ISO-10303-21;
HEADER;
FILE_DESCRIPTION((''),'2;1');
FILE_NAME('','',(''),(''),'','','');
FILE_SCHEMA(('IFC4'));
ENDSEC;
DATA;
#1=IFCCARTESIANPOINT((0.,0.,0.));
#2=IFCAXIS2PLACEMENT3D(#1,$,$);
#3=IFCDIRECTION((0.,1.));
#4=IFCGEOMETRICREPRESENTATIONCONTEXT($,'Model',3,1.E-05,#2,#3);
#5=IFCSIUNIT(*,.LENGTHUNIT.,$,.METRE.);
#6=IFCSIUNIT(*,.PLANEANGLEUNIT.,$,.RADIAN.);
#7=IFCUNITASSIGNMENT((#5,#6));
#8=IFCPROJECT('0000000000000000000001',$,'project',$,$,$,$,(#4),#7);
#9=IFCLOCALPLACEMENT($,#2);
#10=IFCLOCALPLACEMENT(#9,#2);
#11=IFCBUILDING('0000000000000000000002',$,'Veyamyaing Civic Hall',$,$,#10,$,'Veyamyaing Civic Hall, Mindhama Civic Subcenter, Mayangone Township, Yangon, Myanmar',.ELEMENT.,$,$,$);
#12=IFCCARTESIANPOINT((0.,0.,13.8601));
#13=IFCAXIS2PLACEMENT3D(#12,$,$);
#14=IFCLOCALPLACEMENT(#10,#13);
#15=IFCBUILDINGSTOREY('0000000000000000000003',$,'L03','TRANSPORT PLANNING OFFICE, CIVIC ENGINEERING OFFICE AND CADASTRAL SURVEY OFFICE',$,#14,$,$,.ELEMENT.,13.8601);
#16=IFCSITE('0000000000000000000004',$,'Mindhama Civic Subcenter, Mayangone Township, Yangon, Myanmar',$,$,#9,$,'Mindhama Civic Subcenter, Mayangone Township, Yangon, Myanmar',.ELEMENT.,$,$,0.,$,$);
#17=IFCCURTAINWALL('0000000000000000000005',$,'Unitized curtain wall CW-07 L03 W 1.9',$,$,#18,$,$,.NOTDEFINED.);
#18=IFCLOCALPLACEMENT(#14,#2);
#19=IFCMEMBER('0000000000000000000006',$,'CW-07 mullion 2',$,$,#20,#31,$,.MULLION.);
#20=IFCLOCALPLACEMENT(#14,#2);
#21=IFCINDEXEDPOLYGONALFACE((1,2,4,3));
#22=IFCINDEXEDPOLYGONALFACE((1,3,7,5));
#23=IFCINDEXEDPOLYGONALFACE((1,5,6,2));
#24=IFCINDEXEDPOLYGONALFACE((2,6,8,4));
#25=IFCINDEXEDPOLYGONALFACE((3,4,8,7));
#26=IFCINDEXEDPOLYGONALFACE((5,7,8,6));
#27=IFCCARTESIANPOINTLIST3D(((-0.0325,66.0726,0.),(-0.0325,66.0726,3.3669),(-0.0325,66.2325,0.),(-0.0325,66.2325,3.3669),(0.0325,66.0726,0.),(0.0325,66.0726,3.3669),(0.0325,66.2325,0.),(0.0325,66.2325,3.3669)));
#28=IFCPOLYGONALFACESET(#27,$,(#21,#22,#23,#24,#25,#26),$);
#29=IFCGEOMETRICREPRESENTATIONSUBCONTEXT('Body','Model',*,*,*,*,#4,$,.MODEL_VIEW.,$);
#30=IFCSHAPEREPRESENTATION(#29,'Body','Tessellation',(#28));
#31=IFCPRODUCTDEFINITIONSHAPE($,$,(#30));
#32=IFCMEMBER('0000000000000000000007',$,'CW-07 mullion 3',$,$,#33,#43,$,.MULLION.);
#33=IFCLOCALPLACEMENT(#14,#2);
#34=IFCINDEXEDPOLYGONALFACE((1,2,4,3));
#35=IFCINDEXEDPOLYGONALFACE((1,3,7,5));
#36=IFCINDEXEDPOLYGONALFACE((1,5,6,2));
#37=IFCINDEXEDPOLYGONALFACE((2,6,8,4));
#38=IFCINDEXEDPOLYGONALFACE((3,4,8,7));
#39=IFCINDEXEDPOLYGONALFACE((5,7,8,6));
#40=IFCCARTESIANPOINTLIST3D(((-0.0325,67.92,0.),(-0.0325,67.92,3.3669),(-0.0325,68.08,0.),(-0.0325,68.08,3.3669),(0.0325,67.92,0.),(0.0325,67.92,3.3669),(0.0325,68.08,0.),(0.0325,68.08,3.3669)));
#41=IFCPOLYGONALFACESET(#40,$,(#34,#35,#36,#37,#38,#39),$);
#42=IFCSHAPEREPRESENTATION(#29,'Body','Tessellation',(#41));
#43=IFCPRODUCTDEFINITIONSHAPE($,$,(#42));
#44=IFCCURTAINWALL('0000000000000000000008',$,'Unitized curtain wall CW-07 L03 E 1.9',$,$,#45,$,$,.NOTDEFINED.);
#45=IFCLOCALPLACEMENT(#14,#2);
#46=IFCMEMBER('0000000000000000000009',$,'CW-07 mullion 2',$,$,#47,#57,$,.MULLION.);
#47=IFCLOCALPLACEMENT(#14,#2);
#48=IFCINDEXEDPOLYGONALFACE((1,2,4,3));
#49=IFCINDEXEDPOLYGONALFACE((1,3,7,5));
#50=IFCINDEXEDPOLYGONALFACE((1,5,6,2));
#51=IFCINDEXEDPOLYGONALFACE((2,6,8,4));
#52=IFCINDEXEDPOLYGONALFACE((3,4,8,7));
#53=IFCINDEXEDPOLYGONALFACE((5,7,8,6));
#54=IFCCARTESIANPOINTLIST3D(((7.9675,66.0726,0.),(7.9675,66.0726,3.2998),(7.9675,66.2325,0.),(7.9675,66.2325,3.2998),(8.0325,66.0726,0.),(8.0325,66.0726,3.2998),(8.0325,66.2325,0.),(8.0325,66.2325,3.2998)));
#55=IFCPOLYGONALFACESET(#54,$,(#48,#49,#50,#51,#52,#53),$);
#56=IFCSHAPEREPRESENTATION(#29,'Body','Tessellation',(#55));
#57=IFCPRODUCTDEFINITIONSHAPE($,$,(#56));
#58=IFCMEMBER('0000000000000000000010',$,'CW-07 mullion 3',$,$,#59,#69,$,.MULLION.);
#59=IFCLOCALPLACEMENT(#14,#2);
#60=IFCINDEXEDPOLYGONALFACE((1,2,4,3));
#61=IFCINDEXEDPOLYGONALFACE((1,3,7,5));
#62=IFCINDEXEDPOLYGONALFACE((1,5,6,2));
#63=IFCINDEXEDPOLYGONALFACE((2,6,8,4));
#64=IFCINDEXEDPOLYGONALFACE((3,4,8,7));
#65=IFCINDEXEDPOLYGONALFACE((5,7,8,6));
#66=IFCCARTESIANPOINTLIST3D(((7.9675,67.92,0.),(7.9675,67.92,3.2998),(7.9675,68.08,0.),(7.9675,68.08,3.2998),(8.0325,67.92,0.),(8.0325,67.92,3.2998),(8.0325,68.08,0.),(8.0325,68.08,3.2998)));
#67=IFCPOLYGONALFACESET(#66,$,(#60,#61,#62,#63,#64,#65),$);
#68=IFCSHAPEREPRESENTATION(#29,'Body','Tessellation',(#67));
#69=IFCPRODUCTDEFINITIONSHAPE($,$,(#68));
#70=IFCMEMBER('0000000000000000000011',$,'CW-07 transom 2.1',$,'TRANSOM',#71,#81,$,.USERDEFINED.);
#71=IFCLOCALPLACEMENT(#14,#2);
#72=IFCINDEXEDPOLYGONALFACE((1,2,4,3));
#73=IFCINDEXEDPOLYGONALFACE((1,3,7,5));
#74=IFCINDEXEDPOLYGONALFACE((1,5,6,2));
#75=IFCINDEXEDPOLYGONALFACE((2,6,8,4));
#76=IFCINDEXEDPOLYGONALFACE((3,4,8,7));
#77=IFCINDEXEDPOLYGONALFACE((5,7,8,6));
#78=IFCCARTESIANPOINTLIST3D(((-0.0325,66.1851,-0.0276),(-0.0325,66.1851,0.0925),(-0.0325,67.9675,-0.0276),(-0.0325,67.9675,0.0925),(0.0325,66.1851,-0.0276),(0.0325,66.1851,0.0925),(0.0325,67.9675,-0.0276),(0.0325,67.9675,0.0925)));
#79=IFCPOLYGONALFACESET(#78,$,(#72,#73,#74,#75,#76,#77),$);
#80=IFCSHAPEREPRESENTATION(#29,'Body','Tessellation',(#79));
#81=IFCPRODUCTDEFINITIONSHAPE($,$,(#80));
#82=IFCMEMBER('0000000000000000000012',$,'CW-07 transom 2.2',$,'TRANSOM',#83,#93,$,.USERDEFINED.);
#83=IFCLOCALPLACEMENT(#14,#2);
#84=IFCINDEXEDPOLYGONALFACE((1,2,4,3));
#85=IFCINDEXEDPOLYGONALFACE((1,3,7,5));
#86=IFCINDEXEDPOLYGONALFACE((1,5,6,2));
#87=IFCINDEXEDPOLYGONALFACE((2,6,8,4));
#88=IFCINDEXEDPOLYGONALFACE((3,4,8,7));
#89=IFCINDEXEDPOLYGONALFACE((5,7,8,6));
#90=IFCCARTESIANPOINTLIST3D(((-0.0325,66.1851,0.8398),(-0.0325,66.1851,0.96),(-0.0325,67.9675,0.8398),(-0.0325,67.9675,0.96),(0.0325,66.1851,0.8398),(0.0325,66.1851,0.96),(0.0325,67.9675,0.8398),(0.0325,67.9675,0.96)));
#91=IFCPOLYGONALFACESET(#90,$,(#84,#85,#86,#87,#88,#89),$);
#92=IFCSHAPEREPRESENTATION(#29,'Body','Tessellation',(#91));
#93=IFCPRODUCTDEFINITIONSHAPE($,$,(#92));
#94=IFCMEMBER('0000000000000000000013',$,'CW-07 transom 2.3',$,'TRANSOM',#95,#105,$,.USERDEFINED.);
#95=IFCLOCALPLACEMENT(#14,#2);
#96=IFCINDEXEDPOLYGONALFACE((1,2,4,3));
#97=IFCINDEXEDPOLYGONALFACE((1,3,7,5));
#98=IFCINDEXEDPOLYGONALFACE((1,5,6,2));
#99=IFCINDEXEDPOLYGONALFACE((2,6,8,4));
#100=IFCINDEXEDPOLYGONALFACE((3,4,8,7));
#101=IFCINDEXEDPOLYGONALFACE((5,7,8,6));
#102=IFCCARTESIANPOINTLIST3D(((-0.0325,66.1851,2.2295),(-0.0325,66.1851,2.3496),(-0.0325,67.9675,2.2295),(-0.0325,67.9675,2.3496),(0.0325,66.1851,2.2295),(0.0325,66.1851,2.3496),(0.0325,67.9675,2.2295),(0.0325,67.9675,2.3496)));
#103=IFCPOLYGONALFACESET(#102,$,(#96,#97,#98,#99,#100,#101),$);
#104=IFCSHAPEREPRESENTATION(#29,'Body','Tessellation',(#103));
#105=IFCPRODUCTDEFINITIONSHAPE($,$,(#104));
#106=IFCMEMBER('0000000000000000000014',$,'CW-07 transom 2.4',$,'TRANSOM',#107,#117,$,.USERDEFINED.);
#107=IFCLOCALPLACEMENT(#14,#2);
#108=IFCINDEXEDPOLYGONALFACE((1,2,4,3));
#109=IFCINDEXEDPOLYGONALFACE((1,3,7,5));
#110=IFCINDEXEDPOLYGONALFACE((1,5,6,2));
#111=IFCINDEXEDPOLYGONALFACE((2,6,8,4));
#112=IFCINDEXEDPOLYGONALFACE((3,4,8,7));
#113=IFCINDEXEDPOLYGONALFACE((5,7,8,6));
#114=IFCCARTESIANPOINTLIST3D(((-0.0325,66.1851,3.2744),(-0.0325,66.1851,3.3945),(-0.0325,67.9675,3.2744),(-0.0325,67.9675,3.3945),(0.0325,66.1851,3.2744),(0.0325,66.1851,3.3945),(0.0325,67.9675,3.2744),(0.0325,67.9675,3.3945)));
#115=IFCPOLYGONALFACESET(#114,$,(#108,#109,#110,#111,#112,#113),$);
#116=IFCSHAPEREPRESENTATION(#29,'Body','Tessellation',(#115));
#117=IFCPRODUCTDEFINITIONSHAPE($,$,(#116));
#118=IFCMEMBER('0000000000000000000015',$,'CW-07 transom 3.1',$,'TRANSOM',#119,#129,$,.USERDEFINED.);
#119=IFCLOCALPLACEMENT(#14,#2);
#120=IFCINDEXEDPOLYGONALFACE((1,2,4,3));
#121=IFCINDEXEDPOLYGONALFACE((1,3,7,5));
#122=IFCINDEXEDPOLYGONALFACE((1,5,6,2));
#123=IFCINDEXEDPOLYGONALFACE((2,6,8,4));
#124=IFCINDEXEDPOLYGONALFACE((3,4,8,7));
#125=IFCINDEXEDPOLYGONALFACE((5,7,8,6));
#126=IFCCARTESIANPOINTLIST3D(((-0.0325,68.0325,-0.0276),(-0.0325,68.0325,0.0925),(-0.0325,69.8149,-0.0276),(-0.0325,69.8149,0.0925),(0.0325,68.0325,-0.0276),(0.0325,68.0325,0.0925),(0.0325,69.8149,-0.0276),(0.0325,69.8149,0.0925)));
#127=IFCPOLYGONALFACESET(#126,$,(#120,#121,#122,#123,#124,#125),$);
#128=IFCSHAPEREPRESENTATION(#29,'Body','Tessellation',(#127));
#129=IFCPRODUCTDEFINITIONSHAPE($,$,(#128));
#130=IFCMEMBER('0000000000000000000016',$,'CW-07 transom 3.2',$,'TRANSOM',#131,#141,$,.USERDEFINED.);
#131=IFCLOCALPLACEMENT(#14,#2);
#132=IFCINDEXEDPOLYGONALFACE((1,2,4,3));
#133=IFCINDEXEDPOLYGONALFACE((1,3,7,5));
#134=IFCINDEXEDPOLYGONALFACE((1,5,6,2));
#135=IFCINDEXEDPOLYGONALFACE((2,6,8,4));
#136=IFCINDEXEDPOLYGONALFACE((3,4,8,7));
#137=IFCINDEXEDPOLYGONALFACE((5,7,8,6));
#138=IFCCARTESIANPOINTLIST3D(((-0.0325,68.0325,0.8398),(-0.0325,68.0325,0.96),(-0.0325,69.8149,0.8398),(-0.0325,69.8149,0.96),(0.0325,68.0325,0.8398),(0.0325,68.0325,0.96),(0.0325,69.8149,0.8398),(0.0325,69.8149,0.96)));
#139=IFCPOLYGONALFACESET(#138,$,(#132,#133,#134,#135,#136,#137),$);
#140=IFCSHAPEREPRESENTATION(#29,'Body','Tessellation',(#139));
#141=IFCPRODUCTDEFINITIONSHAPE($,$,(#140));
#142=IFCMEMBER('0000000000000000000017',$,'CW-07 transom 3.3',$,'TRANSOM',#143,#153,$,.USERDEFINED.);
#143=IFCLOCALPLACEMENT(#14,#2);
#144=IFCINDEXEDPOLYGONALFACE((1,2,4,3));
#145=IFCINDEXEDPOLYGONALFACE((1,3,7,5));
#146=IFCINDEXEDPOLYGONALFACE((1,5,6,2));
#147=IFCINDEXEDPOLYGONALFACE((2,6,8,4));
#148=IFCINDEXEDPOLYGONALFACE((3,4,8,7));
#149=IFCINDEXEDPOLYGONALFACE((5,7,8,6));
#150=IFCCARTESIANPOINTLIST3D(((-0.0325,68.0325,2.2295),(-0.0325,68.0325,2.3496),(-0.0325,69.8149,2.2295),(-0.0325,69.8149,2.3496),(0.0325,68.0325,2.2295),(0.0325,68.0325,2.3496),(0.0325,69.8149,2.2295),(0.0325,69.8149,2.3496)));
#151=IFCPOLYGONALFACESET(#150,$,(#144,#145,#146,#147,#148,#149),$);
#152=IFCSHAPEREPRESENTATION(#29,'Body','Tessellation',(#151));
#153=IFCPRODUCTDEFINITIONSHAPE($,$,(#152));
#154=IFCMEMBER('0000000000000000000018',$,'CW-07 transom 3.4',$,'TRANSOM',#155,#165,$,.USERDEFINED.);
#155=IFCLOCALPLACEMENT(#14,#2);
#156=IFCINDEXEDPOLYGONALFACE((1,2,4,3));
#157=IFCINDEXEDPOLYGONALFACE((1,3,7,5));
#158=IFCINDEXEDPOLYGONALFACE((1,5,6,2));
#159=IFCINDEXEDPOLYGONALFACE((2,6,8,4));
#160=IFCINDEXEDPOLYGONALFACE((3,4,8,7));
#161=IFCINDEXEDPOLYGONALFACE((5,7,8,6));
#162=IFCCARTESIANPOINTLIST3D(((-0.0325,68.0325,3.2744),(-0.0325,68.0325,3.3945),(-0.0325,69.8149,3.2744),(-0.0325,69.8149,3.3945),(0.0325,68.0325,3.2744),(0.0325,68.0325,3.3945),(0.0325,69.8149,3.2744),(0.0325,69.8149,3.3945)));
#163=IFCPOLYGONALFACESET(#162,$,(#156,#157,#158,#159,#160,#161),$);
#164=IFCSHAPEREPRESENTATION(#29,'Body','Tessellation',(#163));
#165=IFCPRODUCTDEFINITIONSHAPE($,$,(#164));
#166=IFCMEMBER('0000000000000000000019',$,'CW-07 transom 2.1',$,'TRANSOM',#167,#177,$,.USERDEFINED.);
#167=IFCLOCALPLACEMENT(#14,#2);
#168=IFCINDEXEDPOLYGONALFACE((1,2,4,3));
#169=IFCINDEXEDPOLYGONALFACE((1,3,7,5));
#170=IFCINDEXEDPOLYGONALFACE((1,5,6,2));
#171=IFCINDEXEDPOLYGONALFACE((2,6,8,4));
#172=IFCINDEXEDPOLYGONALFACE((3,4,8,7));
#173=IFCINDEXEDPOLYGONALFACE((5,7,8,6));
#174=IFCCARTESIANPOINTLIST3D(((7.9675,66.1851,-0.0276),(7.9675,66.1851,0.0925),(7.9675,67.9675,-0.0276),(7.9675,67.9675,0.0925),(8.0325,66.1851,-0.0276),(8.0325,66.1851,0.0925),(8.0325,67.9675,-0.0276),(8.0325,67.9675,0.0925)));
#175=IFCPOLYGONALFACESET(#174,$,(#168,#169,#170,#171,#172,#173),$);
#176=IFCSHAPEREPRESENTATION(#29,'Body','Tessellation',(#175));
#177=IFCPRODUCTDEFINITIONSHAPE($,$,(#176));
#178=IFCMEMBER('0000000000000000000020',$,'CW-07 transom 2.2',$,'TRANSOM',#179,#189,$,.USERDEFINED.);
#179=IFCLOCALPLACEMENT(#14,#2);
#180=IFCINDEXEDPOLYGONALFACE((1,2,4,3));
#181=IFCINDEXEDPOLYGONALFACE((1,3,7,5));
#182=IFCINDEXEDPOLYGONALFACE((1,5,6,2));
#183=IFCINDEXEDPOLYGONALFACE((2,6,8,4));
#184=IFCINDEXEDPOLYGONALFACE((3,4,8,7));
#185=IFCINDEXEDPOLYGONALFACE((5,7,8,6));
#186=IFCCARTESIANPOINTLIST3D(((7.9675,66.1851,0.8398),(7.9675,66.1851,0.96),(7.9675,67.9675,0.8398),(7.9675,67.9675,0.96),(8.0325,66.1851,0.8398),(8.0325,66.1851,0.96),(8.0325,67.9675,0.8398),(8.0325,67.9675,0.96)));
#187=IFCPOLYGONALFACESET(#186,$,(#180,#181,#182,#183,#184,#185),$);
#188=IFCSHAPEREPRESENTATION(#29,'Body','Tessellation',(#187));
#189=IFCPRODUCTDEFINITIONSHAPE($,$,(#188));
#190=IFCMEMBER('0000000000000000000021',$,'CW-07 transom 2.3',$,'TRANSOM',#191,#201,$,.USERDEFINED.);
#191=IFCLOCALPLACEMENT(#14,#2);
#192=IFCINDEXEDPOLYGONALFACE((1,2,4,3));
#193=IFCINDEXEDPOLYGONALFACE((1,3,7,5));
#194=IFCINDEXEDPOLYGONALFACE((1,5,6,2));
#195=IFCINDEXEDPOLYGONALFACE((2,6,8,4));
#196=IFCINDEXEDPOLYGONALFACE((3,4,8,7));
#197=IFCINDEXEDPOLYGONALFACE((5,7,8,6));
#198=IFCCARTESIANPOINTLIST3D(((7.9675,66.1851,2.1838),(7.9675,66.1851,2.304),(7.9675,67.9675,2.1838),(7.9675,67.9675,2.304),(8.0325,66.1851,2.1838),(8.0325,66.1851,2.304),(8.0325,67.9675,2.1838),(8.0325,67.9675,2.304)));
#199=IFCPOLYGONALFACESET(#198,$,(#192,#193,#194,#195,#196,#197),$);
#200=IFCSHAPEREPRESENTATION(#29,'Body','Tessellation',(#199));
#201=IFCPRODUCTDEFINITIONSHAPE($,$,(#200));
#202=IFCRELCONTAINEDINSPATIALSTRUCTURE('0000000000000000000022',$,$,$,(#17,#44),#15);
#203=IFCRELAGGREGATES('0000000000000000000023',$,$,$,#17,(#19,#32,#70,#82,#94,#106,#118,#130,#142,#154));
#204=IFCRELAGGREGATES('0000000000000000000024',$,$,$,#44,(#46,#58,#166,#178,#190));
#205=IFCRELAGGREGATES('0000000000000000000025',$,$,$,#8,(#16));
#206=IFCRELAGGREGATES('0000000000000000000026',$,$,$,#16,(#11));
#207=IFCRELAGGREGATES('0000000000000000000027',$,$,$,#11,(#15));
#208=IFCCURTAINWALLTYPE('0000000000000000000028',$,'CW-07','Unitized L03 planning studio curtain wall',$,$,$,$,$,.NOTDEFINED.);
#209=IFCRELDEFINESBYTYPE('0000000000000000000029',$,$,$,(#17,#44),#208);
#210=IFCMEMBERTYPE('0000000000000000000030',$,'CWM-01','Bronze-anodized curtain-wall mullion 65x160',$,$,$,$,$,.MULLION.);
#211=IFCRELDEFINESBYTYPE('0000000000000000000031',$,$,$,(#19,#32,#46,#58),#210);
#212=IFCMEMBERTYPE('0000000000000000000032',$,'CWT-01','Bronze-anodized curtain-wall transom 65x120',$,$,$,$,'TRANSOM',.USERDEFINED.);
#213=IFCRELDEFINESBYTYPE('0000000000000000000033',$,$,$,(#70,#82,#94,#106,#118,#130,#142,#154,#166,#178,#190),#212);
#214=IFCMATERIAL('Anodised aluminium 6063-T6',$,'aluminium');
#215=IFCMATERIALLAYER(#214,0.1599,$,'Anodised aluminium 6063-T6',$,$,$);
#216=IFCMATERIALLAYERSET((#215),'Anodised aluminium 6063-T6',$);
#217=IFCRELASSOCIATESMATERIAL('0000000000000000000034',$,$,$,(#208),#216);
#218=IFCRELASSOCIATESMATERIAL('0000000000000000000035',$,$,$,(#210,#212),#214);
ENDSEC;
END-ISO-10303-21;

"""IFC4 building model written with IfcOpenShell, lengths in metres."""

from ifc_helpers import new_model, si_unit, direction, frame, origin, origin_2d, place, context, subcontext, project, spatial, rectangle, extrude, material, layer, layer_set, material_profile, profile_set, type_object, element, aggregate, save


model = new_model("IFC4")

# Units and contexts
model_context = context("Model", 3, precision=1e-05, world=origin(), true_north=direction((0.0, 1.0)))
body_context = subcontext(model_context, "Body", "Model", "MODEL_VIEW")
ifc_project = project(units=[si_unit("LENGTHUNIT", "METRE"), si_unit("PLANEANGLEUNIT", "RADIAN")], contexts=[model_context])

# Site, building, storey
site_placement = place(None, origin())
site = spatial("IfcSite", under=ifc_project, at=site_placement, Name="Mindhama Civic Subcenter, Mayangone Township, Yangon, Myanmar", LongName="Mindhama Civic Subcenter, Mayangone Township, Yangon, Myanmar", CompositionType="ELEMENT", RefElevation=0.0)
building_placement = place(site_placement, origin())
building = spatial("IfcBuilding", under=site, at=building_placement, Name="Veyamyaing Civic Hall", LongName="Veyamyaing Civic Hall, Mindhama Civic Subcenter, Mayangone Township, Yangon, Myanmar", CompositionType="ELEMENT")
storey_placement = place(building_placement, frame((0.0, 0.0, 13.8601)))
storey = spatial("IfcBuildingStorey", under=building, at=storey_placement, Name="L03", Description="TRANSPORT PLANNING OFFICE, CIVIC ENGINEERING OFFICE AND CADASTRAL SURVEY OFFICE", CompositionType="ELEMENT", Elevation=13.8601)

# Curtain walls, members
ifc_material_1 = material(Name="Anodised aluminium 6063-T6", Category="aluminium")
ifc_layer_1 = layer(ifc_material_1, 0.1599, Name="Anodised aluminium 6063-T6")
ifc_layer_set_1 = layer_set([ifc_layer_1], Name="Anodised aluminium 6063-T6")
curtain_wall_type = type_object("IfcCurtainWallType", Name="CW-07", Description="Unitized L03 planning studio curtain wall", PredefinedType="NOTDEFINED", material=ifc_layer_set_1)
curtain_wall_1_placement = place(storey_placement, origin())
curtain_wall_1 = element("IfcCurtainWall", 1, at=curtain_wall_1_placement, inside=storey, type_object=curtain_wall_type, Name="Unitized curtain wall CW-07 L03 W 1.9", PredefinedType="NOTDEFINED")
ifc_material_profile_1 = material_profile(ifc_material_1, rectangle(XDim=0.0649, YDim=0.1599, at=origin_2d()), Name="ALU-MUL-65X160")
ifc_profile_set_1 = profile_set([ifc_material_profile_1], Name="Anodised aluminium 6063-T6")
member_type_1 = type_object("IfcMemberType", Name="CWM-01", Description="Bronze-anodized curtain-wall mullion 65x160", PredefinedType="MULLION", material=ifc_profile_set_1)
member_1_placement = place(storey_placement, frame((0.0, 66.1526, 0.0), z_axis=(0.0, 0.0, 1.0), x_axis=(-1.0, 0.0, 0.0)))
member_1 = element("IfcMember", 2, at=member_1_placement, type_object=member_type_1, Name="CW-07 mullion 2", PredefinedType="MULLION", context=body_context, shape_type="SweptSolid", body=[
    extrude(rectangle(XDim=0.0649, YDim=0.1599, at=origin_2d()), origin(), (0.0, 0.0, 1.0), 3.3669),
])
member_2_placement = place(storey_placement, frame((0.0, 68.0, 0.0), z_axis=(0.0, 0.0, 1.0), x_axis=(-1.0, 0.0, 0.0)))
member_2 = element("IfcMember", 3, at=member_2_placement, type_object=member_type_1, Name="CW-07 mullion 3", PredefinedType="MULLION", context=body_context, shape_type="SweptSolid", body=[
    extrude(rectangle(XDim=0.0649, YDim=0.1599, at=origin_2d()), origin(), (0.0, 0.0, 1.0), 3.3669),
])
curtain_wall_2_placement = place(storey_placement, origin())
curtain_wall_2 = element("IfcCurtainWall", 4, at=curtain_wall_2_placement, inside=storey, type_object=curtain_wall_type, Name="Unitized curtain wall CW-07 L03 E 1.9", PredefinedType="NOTDEFINED")
member_3_placement = place(storey_placement, frame((8.0, 66.1526, 0.0), z_axis=(0.0, 0.0, 1.0), x_axis=(-1.0, 0.0, 0.0)))
member_3 = element("IfcMember", 5, at=member_3_placement, type_object=member_type_1, Name="CW-07 mullion 2", PredefinedType="MULLION", context=body_context, shape_type="SweptSolid", body=[
    extrude(rectangle(XDim=0.0649, YDim=0.1599, at=origin_2d()), origin(), (0.0, 0.0, 1.0), 3.2998),
])
member_4_placement = place(storey_placement, frame((8.0, 68.0, 0.0), z_axis=(0.0, 0.0, 1.0), x_axis=(-1.0, 0.0, 0.0)))
member_4 = element("IfcMember", 6, at=member_4_placement, type_object=member_type_1, Name="CW-07 mullion 3", PredefinedType="MULLION", context=body_context, shape_type="SweptSolid", body=[
    extrude(rectangle(XDim=0.0649, YDim=0.1599, at=origin_2d()), origin(), (0.0, 0.0, 1.0), 3.2998),
])

# Members
ifc_material_profile_2 = material_profile(ifc_material_1, rectangle(XDim=0.0649, YDim=0.1201, at=origin_2d()), Name="ALU-TRN-65X120")
ifc_profile_set_2 = profile_set([ifc_material_profile_2], Name="Anodised aluminium 6063-T6")
member_type_2 = type_object("IfcMemberType", Name="CWT-01", Description="Bronze-anodized curtain-wall transom 65x120", ElementType="TRANSOM", PredefinedType="USERDEFINED", material=ifc_profile_set_2)
member_5_placement = place(storey_placement, frame((0.0, 66.1851, 0.0325), z_axis=(0.0, 1.0, 0.0), x_axis=(-1.0, 0.0, 0.0)))
member_5 = element("IfcMember", 7, at=member_5_placement, type_object=member_type_2, Name="CW-07 transom 2.1", ObjectType="TRANSOM", PredefinedType="USERDEFINED", context=body_context, shape_type="SweptSolid", body=[
    extrude(rectangle(XDim=0.0649, YDim=0.1201, at=origin_2d()), origin(), (0.0, 0.0, 1.0), 1.7825),
])
member_6_placement = place(storey_placement, frame((0.0, 66.1851, 0.8999), z_axis=(0.0, 1.0, 0.0), x_axis=(-1.0, 0.0, 0.0)))
member_6 = element("IfcMember", 8, at=member_6_placement, type_object=member_type_2, Name="CW-07 transom 2.2", ObjectType="TRANSOM", PredefinedType="USERDEFINED", context=body_context, shape_type="SweptSolid", body=[
    extrude(rectangle(XDim=0.0649, YDim=0.1201, at=origin_2d()), origin(), (0.0, 0.0, 1.0), 1.7825),
])
member_7_placement = place(storey_placement, frame((0.0, 66.1851, 2.2896), z_axis=(0.0, 1.0, 0.0), x_axis=(-1.0, 0.0, 0.0)))
member_7 = element("IfcMember", 9, at=member_7_placement, type_object=member_type_2, Name="CW-07 transom 2.3", ObjectType="TRANSOM", PredefinedType="USERDEFINED", context=body_context, shape_type="SweptSolid", body=[
    extrude(rectangle(XDim=0.0649, YDim=0.1201, at=origin_2d()), origin(), (0.0, 0.0, 1.0), 1.7825),
])
member_8_placement = place(storey_placement, frame((0.0, 66.1851, 3.3345), z_axis=(0.0, 1.0, 0.0), x_axis=(-1.0, 0.0, 0.0)))
member_8 = element("IfcMember", 10, at=member_8_placement, type_object=member_type_2, Name="CW-07 transom 2.4", ObjectType="TRANSOM", PredefinedType="USERDEFINED", context=body_context, shape_type="SweptSolid", body=[
    extrude(rectangle(XDim=0.0649, YDim=0.1201, at=origin_2d()), origin(), (0.0, 0.0, 1.0), 1.7825),
])
member_9_placement = place(storey_placement, frame((0.0, 68.0325, 0.0325), z_axis=(0.0, 1.0, 0.0), x_axis=(-1.0, 0.0, 0.0)))
member_9 = element("IfcMember", 11, at=member_9_placement, type_object=member_type_2, Name="CW-07 transom 3.1", ObjectType="TRANSOM", PredefinedType="USERDEFINED", context=body_context, shape_type="SweptSolid", body=[
    extrude(rectangle(XDim=0.0649, YDim=0.1201, at=origin_2d()), origin(), (0.0, 0.0, 1.0), 1.7825),
])
member_10_placement = place(storey_placement, frame((0.0, 68.0325, 0.8999), z_axis=(0.0, 1.0, 0.0), x_axis=(-1.0, 0.0, 0.0)))
member_10 = element("IfcMember", 12, at=member_10_placement, type_object=member_type_2, Name="CW-07 transom 3.2", ObjectType="TRANSOM", PredefinedType="USERDEFINED", context=body_context, shape_type="SweptSolid", body=[
    extrude(rectangle(XDim=0.0649, YDim=0.1201, at=origin_2d()), origin(), (0.0, 0.0, 1.0), 1.7825),
])
member_11_placement = place(storey_placement, frame((0.0, 68.0325, 2.2896), z_axis=(0.0, 1.0, 0.0), x_axis=(-1.0, 0.0, 0.0)))
member_11 = element("IfcMember", 13, at=member_11_placement, type_object=member_type_2, Name="CW-07 transom 3.3", ObjectType="TRANSOM", PredefinedType="USERDEFINED", context=body_context, shape_type="SweptSolid", body=[
    extrude(rectangle(XDim=0.0649, YDim=0.1201, at=origin_2d()), origin(), (0.0, 0.0, 1.0), 1.7825),
])
member_12_placement = place(storey_placement, frame((0.0, 68.0325, 3.3345), z_axis=(0.0, 1.0, 0.0), x_axis=(-1.0, 0.0, 0.0)))
member_12 = element("IfcMember", 14, at=member_12_placement, type_object=member_type_2, Name="CW-07 transom 3.4", ObjectType="TRANSOM", PredefinedType="USERDEFINED", context=body_context, shape_type="SweptSolid", body=[
    extrude(rectangle(XDim=0.0649, YDim=0.1201, at=origin_2d()), origin(), (0.0, 0.0, 1.0), 1.7825),
])
member_13_placement = place(storey_placement, frame((8.0, 66.1851, 0.0325), z_axis=(0.0, 1.0, 0.0), x_axis=(-1.0, 0.0, 0.0)))
member_13 = element("IfcMember", 15, at=member_13_placement, type_object=member_type_2, Name="CW-07 transom 2.1", ObjectType="TRANSOM", PredefinedType="USERDEFINED", context=body_context, shape_type="SweptSolid", body=[
    extrude(rectangle(XDim=0.0649, YDim=0.1201, at=origin_2d()), origin(), (0.0, 0.0, 1.0), 1.7825),
])
member_14_placement = place(storey_placement, frame((8.0, 66.1851, 0.8999), z_axis=(0.0, 1.0, 0.0), x_axis=(-1.0, 0.0, 0.0)))
member_14 = element("IfcMember", 16, at=member_14_placement, type_object=member_type_2, Name="CW-07 transom 2.2", ObjectType="TRANSOM", PredefinedType="USERDEFINED", context=body_context, shape_type="SweptSolid", body=[
    extrude(rectangle(XDim=0.0649, YDim=0.1201, at=origin_2d()), origin(), (0.0, 0.0, 1.0), 1.7825),
])
member_15_placement = place(storey_placement, frame((8.0, 66.1851, 2.2439), z_axis=(0.0, 1.0, 0.0), x_axis=(-1.0, 0.0, 0.0)))
member_15 = element("IfcMember", 17, at=member_15_placement, type_object=member_type_2, Name="CW-07 transom 2.3", ObjectType="TRANSOM", PredefinedType="USERDEFINED", context=body_context, shape_type="SweptSolid", body=[
    extrude(rectangle(XDim=0.0649, YDim=0.1201, at=origin_2d()), origin(), (0.0, 0.0, 1.0), 1.7825),
])

aggregate(curtain_wall_1, [member_1, member_2, member_5, member_6, member_7, member_8, member_9, member_10, member_11, member_12])
aggregate(curtain_wall_2, [member_3, member_4, member_13, member_14, member_15])

save(model, "model.ifc")
